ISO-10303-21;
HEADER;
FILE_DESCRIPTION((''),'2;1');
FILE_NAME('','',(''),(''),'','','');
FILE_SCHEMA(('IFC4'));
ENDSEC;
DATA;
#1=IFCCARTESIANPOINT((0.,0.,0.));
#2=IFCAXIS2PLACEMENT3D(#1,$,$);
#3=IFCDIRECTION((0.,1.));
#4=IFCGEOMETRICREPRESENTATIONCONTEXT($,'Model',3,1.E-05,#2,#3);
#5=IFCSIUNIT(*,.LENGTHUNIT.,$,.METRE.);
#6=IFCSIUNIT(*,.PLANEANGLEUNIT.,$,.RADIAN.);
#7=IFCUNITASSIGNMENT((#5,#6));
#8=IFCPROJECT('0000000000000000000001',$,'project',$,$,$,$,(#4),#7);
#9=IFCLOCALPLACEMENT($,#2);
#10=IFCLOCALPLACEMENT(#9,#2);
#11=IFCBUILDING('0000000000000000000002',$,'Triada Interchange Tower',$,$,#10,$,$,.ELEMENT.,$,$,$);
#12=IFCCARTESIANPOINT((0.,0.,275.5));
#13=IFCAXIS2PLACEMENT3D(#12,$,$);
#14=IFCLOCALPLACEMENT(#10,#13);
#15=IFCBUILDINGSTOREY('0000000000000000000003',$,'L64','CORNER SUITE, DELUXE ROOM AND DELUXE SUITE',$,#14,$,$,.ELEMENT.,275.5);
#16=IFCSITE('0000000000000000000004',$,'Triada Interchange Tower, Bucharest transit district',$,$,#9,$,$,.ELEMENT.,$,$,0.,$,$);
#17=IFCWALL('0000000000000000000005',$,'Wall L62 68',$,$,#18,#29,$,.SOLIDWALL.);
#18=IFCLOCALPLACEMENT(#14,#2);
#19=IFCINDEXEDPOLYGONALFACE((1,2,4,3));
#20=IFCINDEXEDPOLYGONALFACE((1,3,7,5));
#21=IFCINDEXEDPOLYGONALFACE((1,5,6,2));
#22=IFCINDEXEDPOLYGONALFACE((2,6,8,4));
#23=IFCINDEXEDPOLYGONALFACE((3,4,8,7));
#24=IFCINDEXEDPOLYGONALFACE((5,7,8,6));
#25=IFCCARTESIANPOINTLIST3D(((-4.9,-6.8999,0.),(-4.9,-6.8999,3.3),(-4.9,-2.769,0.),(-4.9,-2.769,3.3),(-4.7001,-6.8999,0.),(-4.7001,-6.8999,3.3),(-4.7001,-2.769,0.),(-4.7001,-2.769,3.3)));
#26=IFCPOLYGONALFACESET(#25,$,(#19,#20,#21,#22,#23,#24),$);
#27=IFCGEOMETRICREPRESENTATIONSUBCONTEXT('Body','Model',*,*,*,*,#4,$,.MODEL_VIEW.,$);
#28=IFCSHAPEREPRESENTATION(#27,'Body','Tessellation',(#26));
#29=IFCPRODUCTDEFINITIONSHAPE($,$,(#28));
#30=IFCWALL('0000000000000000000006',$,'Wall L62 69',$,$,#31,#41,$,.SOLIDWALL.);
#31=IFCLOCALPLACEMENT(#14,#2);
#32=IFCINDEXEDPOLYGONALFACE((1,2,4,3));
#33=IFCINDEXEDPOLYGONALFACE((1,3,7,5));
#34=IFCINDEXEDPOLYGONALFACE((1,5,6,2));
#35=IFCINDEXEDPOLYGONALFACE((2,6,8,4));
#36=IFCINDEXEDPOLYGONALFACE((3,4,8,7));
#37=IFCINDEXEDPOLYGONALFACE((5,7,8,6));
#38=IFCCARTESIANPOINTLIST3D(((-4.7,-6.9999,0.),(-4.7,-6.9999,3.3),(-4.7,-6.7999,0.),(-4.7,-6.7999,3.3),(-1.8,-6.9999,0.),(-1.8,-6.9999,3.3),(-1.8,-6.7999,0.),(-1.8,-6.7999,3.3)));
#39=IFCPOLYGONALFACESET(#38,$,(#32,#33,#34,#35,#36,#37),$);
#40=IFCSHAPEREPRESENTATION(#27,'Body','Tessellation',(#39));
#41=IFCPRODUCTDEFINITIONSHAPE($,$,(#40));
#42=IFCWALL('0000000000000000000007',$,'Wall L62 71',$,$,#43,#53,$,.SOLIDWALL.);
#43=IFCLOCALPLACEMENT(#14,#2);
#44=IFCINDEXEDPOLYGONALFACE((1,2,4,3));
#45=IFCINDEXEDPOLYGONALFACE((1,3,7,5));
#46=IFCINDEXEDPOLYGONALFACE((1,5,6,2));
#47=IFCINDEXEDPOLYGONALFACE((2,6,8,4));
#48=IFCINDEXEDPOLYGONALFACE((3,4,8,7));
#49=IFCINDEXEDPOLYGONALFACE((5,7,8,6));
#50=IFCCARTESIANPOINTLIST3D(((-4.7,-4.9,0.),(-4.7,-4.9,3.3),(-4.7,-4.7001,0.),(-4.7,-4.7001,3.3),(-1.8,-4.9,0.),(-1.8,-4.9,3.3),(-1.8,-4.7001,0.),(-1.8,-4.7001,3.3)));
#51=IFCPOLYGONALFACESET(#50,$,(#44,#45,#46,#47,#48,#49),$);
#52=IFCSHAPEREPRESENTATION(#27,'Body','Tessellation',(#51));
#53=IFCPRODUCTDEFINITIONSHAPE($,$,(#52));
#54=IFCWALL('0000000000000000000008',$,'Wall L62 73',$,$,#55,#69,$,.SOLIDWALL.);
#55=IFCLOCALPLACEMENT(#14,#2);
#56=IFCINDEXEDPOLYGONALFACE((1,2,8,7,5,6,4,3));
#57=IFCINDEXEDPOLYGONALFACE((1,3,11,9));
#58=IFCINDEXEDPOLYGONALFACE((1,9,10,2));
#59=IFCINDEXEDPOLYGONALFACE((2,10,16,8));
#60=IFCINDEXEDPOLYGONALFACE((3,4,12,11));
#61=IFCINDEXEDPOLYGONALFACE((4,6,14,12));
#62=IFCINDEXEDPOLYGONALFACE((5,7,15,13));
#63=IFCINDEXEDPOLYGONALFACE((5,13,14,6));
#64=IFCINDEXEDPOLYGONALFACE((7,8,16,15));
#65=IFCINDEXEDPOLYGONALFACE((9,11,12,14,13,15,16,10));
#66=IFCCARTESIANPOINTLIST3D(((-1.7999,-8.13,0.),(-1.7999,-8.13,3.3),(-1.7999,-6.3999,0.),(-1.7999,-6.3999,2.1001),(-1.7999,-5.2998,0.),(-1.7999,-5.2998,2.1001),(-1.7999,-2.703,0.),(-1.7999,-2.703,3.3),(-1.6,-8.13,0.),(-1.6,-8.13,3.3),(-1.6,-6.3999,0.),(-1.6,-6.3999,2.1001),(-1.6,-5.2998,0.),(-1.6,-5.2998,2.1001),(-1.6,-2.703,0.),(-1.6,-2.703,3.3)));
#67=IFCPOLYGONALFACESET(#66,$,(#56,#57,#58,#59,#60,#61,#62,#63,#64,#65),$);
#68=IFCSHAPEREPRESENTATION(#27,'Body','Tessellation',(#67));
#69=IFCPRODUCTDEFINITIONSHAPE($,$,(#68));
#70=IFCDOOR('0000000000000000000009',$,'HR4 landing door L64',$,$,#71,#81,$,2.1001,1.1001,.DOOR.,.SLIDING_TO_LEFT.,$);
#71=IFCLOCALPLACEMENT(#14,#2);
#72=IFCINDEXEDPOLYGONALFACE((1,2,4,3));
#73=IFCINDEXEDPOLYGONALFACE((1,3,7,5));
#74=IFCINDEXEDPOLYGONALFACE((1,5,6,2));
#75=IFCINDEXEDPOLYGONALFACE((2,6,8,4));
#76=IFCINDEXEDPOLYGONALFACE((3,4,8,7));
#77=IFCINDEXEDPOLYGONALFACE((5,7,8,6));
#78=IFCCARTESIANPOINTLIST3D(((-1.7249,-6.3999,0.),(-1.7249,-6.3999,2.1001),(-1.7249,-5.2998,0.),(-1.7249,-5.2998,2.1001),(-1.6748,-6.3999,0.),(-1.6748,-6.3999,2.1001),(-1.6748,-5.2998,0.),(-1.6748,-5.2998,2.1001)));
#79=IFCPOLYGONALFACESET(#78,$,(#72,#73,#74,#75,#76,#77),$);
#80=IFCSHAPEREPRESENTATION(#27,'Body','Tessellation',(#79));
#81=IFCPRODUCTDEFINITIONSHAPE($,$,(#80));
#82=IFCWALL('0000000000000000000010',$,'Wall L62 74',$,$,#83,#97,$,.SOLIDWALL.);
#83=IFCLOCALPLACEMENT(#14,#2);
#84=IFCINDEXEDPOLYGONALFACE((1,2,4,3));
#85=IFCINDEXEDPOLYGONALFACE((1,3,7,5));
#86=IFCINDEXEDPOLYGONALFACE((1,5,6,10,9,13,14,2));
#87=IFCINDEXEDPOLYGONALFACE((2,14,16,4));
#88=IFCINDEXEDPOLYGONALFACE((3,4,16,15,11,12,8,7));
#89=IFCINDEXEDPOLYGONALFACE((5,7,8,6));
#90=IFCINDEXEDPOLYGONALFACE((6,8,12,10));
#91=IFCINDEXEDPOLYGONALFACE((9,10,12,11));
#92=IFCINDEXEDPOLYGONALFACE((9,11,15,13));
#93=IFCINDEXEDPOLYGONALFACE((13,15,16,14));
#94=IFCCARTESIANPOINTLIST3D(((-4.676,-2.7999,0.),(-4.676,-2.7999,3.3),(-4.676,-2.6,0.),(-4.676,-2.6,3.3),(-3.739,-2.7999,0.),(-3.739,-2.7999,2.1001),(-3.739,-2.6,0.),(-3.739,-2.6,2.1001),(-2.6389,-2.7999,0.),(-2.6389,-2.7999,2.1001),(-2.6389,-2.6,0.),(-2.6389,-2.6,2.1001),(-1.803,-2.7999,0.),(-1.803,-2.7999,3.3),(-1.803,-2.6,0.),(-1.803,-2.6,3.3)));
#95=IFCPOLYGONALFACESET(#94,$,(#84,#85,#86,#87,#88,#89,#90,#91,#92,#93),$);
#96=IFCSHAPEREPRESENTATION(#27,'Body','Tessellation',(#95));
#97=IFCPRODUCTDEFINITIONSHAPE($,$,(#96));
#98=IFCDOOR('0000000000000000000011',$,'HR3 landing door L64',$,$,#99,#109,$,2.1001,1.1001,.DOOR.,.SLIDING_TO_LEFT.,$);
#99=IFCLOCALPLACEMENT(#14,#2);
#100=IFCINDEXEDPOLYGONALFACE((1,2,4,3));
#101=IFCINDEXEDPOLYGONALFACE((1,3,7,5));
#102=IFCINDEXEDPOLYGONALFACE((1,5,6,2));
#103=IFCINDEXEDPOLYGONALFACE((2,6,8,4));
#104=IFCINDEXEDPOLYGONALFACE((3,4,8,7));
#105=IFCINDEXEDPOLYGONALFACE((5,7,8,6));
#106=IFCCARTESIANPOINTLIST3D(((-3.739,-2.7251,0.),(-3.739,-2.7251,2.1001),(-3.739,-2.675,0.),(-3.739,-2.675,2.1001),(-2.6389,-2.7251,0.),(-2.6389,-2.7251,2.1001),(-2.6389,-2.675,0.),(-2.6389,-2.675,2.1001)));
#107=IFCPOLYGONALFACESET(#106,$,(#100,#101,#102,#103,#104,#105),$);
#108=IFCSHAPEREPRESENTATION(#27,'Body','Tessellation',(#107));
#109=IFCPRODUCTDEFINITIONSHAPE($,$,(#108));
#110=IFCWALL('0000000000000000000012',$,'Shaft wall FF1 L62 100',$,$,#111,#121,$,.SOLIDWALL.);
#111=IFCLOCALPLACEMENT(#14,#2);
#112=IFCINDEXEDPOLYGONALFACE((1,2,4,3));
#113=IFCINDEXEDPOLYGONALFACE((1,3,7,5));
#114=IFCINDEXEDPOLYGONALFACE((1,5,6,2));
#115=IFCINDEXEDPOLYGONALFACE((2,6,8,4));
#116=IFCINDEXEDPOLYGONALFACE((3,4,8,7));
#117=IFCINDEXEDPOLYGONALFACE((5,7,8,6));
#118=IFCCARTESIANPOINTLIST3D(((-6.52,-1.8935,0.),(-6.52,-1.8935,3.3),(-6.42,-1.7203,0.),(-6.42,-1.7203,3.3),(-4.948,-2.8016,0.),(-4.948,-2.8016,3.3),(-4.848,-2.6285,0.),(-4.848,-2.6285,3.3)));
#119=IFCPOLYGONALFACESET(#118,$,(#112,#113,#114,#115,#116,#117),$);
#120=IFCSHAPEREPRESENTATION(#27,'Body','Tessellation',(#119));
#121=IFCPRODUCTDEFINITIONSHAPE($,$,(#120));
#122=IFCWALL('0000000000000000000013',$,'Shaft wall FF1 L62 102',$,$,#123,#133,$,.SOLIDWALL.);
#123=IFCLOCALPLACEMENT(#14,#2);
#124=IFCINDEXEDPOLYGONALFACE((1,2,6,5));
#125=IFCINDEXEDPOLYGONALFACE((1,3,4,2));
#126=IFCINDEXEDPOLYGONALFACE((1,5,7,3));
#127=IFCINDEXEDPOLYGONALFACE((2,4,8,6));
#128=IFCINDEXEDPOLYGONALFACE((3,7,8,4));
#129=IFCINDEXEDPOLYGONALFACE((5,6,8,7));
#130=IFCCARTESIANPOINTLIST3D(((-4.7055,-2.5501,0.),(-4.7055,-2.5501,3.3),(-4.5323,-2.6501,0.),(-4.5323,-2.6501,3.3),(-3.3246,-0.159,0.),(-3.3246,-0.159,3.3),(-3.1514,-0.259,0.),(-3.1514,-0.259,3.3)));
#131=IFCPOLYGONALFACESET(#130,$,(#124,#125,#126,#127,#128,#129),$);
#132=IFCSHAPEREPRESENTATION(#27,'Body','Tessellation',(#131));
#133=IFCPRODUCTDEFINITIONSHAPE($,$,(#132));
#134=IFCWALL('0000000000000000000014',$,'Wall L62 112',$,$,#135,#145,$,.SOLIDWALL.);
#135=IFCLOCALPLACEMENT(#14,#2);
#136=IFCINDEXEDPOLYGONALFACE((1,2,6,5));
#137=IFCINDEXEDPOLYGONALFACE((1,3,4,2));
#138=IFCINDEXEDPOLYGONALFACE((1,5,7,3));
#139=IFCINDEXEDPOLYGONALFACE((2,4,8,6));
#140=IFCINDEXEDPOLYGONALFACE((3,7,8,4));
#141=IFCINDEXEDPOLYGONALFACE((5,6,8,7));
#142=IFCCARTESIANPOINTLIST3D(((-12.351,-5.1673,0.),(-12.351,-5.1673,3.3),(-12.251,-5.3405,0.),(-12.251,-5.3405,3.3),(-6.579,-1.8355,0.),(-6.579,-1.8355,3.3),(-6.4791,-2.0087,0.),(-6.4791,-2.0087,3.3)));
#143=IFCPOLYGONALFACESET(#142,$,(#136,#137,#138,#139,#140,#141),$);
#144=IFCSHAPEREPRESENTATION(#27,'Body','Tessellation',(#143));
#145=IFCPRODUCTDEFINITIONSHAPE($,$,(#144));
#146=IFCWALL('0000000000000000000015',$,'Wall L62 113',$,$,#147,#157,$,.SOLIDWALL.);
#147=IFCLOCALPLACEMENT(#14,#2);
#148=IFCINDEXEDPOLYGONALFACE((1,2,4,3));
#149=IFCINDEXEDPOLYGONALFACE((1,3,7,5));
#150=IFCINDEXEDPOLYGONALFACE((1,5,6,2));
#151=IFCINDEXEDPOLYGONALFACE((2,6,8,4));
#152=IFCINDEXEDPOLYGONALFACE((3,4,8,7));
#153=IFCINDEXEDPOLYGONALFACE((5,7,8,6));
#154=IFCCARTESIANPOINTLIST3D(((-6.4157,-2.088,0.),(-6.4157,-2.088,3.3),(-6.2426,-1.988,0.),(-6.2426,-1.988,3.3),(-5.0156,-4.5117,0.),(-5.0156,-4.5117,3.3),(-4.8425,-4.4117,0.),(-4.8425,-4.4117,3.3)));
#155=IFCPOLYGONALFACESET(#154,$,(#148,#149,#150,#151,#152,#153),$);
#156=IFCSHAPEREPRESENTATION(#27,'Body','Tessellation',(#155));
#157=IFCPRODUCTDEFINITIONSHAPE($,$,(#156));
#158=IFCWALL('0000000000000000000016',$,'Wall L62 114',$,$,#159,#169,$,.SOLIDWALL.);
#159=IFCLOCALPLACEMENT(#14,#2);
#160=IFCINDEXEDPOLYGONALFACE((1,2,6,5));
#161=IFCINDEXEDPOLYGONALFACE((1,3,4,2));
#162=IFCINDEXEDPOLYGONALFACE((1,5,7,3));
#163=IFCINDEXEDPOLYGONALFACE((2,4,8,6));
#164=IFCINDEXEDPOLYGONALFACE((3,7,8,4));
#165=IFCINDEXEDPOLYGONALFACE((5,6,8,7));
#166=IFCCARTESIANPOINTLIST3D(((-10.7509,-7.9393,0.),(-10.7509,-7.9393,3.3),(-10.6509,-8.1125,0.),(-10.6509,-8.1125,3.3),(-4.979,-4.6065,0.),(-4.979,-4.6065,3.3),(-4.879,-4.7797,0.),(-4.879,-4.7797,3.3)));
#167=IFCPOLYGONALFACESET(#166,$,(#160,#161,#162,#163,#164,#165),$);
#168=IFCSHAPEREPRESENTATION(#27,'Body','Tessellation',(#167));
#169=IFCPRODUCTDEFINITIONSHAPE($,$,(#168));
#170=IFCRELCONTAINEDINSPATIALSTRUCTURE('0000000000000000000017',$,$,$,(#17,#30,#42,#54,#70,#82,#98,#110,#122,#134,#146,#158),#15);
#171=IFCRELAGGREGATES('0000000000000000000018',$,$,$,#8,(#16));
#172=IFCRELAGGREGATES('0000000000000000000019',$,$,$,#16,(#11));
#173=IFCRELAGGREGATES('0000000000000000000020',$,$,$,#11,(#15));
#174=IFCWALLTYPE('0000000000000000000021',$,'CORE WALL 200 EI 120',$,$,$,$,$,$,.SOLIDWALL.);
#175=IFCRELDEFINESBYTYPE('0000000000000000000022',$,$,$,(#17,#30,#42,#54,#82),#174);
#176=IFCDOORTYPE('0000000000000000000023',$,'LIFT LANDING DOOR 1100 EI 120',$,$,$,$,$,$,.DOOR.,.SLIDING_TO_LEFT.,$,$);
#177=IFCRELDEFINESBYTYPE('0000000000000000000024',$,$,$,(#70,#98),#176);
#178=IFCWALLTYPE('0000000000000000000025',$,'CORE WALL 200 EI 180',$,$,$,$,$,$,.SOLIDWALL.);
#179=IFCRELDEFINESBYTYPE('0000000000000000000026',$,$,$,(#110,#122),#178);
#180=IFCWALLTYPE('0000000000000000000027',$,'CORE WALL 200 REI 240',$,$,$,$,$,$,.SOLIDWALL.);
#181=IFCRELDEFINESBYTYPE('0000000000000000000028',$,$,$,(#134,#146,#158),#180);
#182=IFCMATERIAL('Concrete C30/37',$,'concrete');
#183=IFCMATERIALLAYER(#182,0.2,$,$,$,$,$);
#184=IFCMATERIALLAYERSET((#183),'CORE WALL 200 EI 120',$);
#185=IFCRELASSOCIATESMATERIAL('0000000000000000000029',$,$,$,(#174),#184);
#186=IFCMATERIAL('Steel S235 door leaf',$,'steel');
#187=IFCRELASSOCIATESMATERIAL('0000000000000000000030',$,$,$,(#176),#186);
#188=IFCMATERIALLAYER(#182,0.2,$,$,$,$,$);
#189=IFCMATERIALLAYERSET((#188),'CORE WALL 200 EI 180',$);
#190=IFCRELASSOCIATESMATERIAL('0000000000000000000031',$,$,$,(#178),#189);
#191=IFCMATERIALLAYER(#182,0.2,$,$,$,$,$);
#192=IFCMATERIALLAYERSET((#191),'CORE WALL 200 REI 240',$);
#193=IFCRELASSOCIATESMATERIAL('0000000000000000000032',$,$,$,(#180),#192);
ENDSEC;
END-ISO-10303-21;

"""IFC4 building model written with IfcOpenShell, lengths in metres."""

from ifc_helpers import new_model, si_unit, direction, frame, frame_2d, origin, place, context, subcontext, project, spatial, rectangle, extrude, material, layer, layer_set, type_object, element, fill, save


model = new_model("IFC4")

# Units and contexts
model_context = context("Model", 3, precision=1e-05, world=origin(), true_north=direction((0.0, 1.0)))
body_context = subcontext(model_context, "Body", "Model", "MODEL_VIEW")
ifc_project = project(units=[si_unit("LENGTHUNIT", "METRE"), si_unit("PLANEANGLEUNIT", "RADIAN")], contexts=[model_context])

# Site, building, storey
site_placement = place(None, origin())
site = spatial("IfcSite", under=ifc_project, at=site_placement, Name="Triada Interchange Tower, Bucharest transit district", CompositionType="ELEMENT", RefElevation=0.0)
building_placement = place(site_placement, origin())
building = spatial("IfcBuilding", under=site, at=building_placement, Name="Triada Interchange Tower", CompositionType="ELEMENT")
storey_placement = place(building_placement, frame((0.0, 0.0, 275.5)))
storey = spatial("IfcBuildingStorey", under=building, at=storey_placement, Name="L64", Description="CORNER SUITE, DELUXE ROOM AND DELUXE SUITE", CompositionType="ELEMENT", Elevation=275.5)

# Walls
ifc_material_1 = material(Name="Concrete C30/37", Category="concrete")
ifc_layer_1 = layer(ifc_material_1, 0.2)
ifc_layer_set_1 = layer_set([ifc_layer_1], Name="CORE WALL 200 EI 120")
wall_type_1 = type_object("IfcWallType", Name="CORE WALL 200 EI 120", PredefinedType="SOLIDWALL", material=ifc_layer_set_1)
wall_1_placement = place(storey_placement, frame((-4.8, -6.8999, 0.0), z_axis=(0.0, 0.0, 1.0), x_axis=(0.0, 1.0, 0.0)))
element("IfcWall", 1, at=wall_1_placement, inside=storey, type_object=wall_type_1, Name="Wall L62 68", PredefinedType="SOLIDWALL", context=body_context, shape_type="SweptSolid", body=[
    extrude(rectangle(XDim=4.1309, YDim=0.2, at=frame_2d((2.0654, 0.0))), origin(), (0.0, 0.0, 1.0), 3.3),
])
for number, where, z_axis, x_axis, name in (
    (2, (-4.7, -6.8999, 0.0), (0.0, 0.0, 1.0), (1.0, 0.0, 0.0), "Wall L62 69"),
    (3, (-4.7, -4.8, 0.0), (0.0, 0.0, 1.0), (1.0, 0.0, 0.0), "Wall L62 71"),
):
    element("IfcWall", number, at=place(storey_placement, frame(where, z_axis=z_axis, x_axis=x_axis)), inside=storey, type_object=wall_type_1, Name=name, PredefinedType="SOLIDWALL", context=body_context, shape_type="SweptSolid", body=[
        extrude(rectangle(XDim=2.8999, YDim=0.2, at=frame_2d((1.45, 0.0))), origin(), (0.0, 0.0, 1.0), 3.3),
    ])

# Walls, openings, doors
wall_2_placement = place(storey_placement, frame((-1.7, -8.1299, 0.0), z_axis=(0.0, 0.0, 1.0), x_axis=(0.0, 1.0, 0.0)))
wall_2 = element("IfcWall", 4, at=wall_2_placement, inside=storey, type_object=wall_type_1, Name="Wall L62 73", PredefinedType="SOLIDWALL", context=body_context, shape_type="SweptSolid", body=[
    extrude(rectangle(XDim=5.427, YDim=0.2, at=frame_2d((2.7134, 0.0))), origin(), (0.0, 0.0, 1.0), 3.3),
])
opening_1_placement = place(wall_2_placement, frame((1.73, 0.0, 0.0)))
opening_1 = element("IfcOpeningElement", 5, at=opening_1_placement, cuts=wall_2, PredefinedType="OPENING", context=body_context, shape_type="SweptSolid", body=[
    extrude(rectangle(XDim=1.1001, YDim=2.1001, at=frame_2d((0.55, 1.05))), frame((0.0, 0.1099, 0.0), z_axis=(0.0, -1.0, 0.0), x_axis=(1.0, 0.0, 0.0)), (0.0, 0.0, 1.0), 0.22),
])
ifc_material_2 = material(Name="Steel S235 door leaf", Category="steel")
door_type_1 = type_object("IfcDoorType", Name="LIFT LANDING DOOR 1100 EI 120", OperationType="SLIDING_TO_LEFT", PredefinedType="DOOR", material=ifc_material_2)
door_1_placement = place(opening_1_placement, origin())
door_1 = element("IfcDoor", 6, at=door_1_placement, inside=storey, type_object=door_type_1, Name="HR4 landing door L64", OperationType="SLIDING_TO_LEFT", OverallHeight=2.1001, OverallWidth=1.1001, PredefinedType="DOOR", context=body_context, shape_type="SweptSolid", body=[
    extrude(rectangle(XDim=1.1001, YDim=2.1001, at=frame_2d((0.55, 1.05))), frame((0.0, 0.0249, 0.0), z_axis=(0.0, -1.0, 0.0), x_axis=(1.0, 0.0, 0.0)), (0.0, 0.0, 1.0), 0.05),
])
fill(opening_1, door_1)
wall_3_placement = place(storey_placement, frame((-4.676, -2.7, 0.0), z_axis=(0.0, 0.0, 1.0), x_axis=(1.0, 0.0, 0.0)))
wall_3 = element("IfcWall", 7, at=wall_3_placement, inside=storey, type_object=wall_type_1, Name="Wall L62 74", PredefinedType="SOLIDWALL", context=body_context, shape_type="SweptSolid", body=[
    extrude(rectangle(XDim=2.873, YDim=0.2, at=frame_2d((1.4365, 0.0))), origin(), (0.0, 0.0, 1.0), 3.3),
])
opening_2_placement = place(wall_3_placement, frame((0.937, 0.0, 0.0)))
opening_2 = element("IfcOpeningElement", 8, at=opening_2_placement, cuts=wall_3, PredefinedType="OPENING", context=body_context, shape_type="SweptSolid", body=[
    extrude(rectangle(XDim=1.1001, YDim=2.1001, at=frame_2d((0.55, 1.05))), frame((0.0, 0.1099, 0.0), z_axis=(0.0, -1.0, 0.0), x_axis=(1.0, 0.0, 0.0)), (0.0, 0.0, 1.0), 0.22),
])
door_2_placement = place(opening_2_placement, origin())
door_2 = element("IfcDoor", 9, at=door_2_placement, inside=storey, type_object=door_type_1, Name="HR3 landing door L64", OperationType="SLIDING_TO_LEFT", OverallHeight=2.1001, OverallWidth=1.1001, PredefinedType="DOOR", context=body_context, shape_type="SweptSolid", body=[
    extrude(rectangle(XDim=1.1001, YDim=2.1001, at=frame_2d((0.55, 1.05))), frame((0.0, 0.0249, 0.0), z_axis=(0.0, -1.0, 0.0), x_axis=(1.0, 0.0, 0.0)), (0.0, 0.0, 1.0), 0.05),
])
fill(opening_2, door_2)

# Walls
ifc_layer_2 = layer(ifc_material_1, 0.2)
ifc_layer_set_2 = layer_set([ifc_layer_2], Name="CORE WALL 200 EI 180")
wall_type_2 = type_object("IfcWallType", Name="CORE WALL 200 EI 180", PredefinedType="SOLIDWALL", material=ifc_layer_set_2)
wall_4_placement = place(storey_placement, frame((-6.47, -1.8069, 0.0), z_axis=(0.0, 0.0, 1.0), x_axis=(0.865883, -0.500246, 0.0)))
element("IfcWall", 10, at=wall_4_placement, inside=storey, type_object=wall_type_2, Name="Shaft wall FF1 L62 100", PredefinedType="SOLIDWALL", context=body_context, shape_type="SweptSolid", body=[
    extrude(rectangle(XDim=1.8154, YDim=0.2, at=frame_2d((0.9077, 0.0))), origin(), (0.0, 0.0, 1.0), 3.3),
])
wall_5_placement = place(storey_placement, frame((-4.6189, -2.6001, 0.0), z_axis=(0.0, 0.0, 1.0), x_axis=(0.500095, 0.865971, 0.0)))
element("IfcWall", 11, at=wall_5_placement, inside=storey, type_object=wall_type_2, Name="Shaft wall FF1 L62 102", PredefinedType="SOLIDWALL", context=body_context, shape_type="SweptSolid", body=[
    extrude(rectangle(XDim=2.7612, YDim=0.2, at=frame_2d((1.3806, 0.0))), origin(), (0.0, 0.0, 1.0), 3.3),
])
ifc_layer_3 = layer(ifc_material_1, 0.2)
ifc_layer_set_3 = layer_set([ifc_layer_3], Name="CORE WALL 200 REI 240")
wall_type_3 = type_object("IfcWallType", Name="CORE WALL 200 REI 240", PredefinedType="SOLIDWALL", material=ifc_layer_set_3)
wall_6_placement = place(storey_placement, frame((-12.301, -5.2539, 0.0), z_axis=(0.0, 0.0, 1.0), x_axis=(0.866068, 0.499925, 0.0)))
element("IfcWall", 12, at=wall_6_placement, inside=storey, type_object=wall_type_3, Name="Wall L62 112", PredefinedType="SOLIDWALL", context=body_context, shape_type="SweptSolid", body=[
    extrude(rectangle(XDim=6.6646, YDim=0.2, at=frame_2d((3.3323, 0.0))), origin(), (0.0, 0.0, 1.0), 3.3),
])
wall_7_placement = place(storey_placement, frame((-6.3291, -2.0381, 0.0), z_axis=(0.0, 0.0, 1.0), x_axis=(0.500201, -0.86591, 0.0)))
element("IfcWall", 13, at=wall_7_placement, inside=storey, type_object=wall_type_3, Name="Wall L62 113", PredefinedType="SOLIDWALL", context=body_context, shape_type="SweptSolid", body=[
    extrude(rectangle(XDim=2.7991, YDim=0.2, at=frame_2d((1.3994, 0.0))), origin(), (0.0, 0.0, 1.0), 3.3),
])
wall_8_placement = place(storey_placement, frame((-10.7009, -8.0259, 0.0), z_axis=(0.0, 0.0, 1.0), x_axis=(0.866005, 0.500035, 0.0)))
element("IfcWall", 14, at=wall_8_placement, inside=storey, type_object=wall_type_3, Name="Wall L62 114", PredefinedType="SOLIDWALL", context=body_context, shape_type="SweptSolid", body=[
    extrude(rectangle(XDim=6.665, YDim=0.2, at=frame_2d((3.3325, 0.0))), origin(), (0.0, 0.0, 1.0), 3.3),
])

save(model, "model.ifc")
